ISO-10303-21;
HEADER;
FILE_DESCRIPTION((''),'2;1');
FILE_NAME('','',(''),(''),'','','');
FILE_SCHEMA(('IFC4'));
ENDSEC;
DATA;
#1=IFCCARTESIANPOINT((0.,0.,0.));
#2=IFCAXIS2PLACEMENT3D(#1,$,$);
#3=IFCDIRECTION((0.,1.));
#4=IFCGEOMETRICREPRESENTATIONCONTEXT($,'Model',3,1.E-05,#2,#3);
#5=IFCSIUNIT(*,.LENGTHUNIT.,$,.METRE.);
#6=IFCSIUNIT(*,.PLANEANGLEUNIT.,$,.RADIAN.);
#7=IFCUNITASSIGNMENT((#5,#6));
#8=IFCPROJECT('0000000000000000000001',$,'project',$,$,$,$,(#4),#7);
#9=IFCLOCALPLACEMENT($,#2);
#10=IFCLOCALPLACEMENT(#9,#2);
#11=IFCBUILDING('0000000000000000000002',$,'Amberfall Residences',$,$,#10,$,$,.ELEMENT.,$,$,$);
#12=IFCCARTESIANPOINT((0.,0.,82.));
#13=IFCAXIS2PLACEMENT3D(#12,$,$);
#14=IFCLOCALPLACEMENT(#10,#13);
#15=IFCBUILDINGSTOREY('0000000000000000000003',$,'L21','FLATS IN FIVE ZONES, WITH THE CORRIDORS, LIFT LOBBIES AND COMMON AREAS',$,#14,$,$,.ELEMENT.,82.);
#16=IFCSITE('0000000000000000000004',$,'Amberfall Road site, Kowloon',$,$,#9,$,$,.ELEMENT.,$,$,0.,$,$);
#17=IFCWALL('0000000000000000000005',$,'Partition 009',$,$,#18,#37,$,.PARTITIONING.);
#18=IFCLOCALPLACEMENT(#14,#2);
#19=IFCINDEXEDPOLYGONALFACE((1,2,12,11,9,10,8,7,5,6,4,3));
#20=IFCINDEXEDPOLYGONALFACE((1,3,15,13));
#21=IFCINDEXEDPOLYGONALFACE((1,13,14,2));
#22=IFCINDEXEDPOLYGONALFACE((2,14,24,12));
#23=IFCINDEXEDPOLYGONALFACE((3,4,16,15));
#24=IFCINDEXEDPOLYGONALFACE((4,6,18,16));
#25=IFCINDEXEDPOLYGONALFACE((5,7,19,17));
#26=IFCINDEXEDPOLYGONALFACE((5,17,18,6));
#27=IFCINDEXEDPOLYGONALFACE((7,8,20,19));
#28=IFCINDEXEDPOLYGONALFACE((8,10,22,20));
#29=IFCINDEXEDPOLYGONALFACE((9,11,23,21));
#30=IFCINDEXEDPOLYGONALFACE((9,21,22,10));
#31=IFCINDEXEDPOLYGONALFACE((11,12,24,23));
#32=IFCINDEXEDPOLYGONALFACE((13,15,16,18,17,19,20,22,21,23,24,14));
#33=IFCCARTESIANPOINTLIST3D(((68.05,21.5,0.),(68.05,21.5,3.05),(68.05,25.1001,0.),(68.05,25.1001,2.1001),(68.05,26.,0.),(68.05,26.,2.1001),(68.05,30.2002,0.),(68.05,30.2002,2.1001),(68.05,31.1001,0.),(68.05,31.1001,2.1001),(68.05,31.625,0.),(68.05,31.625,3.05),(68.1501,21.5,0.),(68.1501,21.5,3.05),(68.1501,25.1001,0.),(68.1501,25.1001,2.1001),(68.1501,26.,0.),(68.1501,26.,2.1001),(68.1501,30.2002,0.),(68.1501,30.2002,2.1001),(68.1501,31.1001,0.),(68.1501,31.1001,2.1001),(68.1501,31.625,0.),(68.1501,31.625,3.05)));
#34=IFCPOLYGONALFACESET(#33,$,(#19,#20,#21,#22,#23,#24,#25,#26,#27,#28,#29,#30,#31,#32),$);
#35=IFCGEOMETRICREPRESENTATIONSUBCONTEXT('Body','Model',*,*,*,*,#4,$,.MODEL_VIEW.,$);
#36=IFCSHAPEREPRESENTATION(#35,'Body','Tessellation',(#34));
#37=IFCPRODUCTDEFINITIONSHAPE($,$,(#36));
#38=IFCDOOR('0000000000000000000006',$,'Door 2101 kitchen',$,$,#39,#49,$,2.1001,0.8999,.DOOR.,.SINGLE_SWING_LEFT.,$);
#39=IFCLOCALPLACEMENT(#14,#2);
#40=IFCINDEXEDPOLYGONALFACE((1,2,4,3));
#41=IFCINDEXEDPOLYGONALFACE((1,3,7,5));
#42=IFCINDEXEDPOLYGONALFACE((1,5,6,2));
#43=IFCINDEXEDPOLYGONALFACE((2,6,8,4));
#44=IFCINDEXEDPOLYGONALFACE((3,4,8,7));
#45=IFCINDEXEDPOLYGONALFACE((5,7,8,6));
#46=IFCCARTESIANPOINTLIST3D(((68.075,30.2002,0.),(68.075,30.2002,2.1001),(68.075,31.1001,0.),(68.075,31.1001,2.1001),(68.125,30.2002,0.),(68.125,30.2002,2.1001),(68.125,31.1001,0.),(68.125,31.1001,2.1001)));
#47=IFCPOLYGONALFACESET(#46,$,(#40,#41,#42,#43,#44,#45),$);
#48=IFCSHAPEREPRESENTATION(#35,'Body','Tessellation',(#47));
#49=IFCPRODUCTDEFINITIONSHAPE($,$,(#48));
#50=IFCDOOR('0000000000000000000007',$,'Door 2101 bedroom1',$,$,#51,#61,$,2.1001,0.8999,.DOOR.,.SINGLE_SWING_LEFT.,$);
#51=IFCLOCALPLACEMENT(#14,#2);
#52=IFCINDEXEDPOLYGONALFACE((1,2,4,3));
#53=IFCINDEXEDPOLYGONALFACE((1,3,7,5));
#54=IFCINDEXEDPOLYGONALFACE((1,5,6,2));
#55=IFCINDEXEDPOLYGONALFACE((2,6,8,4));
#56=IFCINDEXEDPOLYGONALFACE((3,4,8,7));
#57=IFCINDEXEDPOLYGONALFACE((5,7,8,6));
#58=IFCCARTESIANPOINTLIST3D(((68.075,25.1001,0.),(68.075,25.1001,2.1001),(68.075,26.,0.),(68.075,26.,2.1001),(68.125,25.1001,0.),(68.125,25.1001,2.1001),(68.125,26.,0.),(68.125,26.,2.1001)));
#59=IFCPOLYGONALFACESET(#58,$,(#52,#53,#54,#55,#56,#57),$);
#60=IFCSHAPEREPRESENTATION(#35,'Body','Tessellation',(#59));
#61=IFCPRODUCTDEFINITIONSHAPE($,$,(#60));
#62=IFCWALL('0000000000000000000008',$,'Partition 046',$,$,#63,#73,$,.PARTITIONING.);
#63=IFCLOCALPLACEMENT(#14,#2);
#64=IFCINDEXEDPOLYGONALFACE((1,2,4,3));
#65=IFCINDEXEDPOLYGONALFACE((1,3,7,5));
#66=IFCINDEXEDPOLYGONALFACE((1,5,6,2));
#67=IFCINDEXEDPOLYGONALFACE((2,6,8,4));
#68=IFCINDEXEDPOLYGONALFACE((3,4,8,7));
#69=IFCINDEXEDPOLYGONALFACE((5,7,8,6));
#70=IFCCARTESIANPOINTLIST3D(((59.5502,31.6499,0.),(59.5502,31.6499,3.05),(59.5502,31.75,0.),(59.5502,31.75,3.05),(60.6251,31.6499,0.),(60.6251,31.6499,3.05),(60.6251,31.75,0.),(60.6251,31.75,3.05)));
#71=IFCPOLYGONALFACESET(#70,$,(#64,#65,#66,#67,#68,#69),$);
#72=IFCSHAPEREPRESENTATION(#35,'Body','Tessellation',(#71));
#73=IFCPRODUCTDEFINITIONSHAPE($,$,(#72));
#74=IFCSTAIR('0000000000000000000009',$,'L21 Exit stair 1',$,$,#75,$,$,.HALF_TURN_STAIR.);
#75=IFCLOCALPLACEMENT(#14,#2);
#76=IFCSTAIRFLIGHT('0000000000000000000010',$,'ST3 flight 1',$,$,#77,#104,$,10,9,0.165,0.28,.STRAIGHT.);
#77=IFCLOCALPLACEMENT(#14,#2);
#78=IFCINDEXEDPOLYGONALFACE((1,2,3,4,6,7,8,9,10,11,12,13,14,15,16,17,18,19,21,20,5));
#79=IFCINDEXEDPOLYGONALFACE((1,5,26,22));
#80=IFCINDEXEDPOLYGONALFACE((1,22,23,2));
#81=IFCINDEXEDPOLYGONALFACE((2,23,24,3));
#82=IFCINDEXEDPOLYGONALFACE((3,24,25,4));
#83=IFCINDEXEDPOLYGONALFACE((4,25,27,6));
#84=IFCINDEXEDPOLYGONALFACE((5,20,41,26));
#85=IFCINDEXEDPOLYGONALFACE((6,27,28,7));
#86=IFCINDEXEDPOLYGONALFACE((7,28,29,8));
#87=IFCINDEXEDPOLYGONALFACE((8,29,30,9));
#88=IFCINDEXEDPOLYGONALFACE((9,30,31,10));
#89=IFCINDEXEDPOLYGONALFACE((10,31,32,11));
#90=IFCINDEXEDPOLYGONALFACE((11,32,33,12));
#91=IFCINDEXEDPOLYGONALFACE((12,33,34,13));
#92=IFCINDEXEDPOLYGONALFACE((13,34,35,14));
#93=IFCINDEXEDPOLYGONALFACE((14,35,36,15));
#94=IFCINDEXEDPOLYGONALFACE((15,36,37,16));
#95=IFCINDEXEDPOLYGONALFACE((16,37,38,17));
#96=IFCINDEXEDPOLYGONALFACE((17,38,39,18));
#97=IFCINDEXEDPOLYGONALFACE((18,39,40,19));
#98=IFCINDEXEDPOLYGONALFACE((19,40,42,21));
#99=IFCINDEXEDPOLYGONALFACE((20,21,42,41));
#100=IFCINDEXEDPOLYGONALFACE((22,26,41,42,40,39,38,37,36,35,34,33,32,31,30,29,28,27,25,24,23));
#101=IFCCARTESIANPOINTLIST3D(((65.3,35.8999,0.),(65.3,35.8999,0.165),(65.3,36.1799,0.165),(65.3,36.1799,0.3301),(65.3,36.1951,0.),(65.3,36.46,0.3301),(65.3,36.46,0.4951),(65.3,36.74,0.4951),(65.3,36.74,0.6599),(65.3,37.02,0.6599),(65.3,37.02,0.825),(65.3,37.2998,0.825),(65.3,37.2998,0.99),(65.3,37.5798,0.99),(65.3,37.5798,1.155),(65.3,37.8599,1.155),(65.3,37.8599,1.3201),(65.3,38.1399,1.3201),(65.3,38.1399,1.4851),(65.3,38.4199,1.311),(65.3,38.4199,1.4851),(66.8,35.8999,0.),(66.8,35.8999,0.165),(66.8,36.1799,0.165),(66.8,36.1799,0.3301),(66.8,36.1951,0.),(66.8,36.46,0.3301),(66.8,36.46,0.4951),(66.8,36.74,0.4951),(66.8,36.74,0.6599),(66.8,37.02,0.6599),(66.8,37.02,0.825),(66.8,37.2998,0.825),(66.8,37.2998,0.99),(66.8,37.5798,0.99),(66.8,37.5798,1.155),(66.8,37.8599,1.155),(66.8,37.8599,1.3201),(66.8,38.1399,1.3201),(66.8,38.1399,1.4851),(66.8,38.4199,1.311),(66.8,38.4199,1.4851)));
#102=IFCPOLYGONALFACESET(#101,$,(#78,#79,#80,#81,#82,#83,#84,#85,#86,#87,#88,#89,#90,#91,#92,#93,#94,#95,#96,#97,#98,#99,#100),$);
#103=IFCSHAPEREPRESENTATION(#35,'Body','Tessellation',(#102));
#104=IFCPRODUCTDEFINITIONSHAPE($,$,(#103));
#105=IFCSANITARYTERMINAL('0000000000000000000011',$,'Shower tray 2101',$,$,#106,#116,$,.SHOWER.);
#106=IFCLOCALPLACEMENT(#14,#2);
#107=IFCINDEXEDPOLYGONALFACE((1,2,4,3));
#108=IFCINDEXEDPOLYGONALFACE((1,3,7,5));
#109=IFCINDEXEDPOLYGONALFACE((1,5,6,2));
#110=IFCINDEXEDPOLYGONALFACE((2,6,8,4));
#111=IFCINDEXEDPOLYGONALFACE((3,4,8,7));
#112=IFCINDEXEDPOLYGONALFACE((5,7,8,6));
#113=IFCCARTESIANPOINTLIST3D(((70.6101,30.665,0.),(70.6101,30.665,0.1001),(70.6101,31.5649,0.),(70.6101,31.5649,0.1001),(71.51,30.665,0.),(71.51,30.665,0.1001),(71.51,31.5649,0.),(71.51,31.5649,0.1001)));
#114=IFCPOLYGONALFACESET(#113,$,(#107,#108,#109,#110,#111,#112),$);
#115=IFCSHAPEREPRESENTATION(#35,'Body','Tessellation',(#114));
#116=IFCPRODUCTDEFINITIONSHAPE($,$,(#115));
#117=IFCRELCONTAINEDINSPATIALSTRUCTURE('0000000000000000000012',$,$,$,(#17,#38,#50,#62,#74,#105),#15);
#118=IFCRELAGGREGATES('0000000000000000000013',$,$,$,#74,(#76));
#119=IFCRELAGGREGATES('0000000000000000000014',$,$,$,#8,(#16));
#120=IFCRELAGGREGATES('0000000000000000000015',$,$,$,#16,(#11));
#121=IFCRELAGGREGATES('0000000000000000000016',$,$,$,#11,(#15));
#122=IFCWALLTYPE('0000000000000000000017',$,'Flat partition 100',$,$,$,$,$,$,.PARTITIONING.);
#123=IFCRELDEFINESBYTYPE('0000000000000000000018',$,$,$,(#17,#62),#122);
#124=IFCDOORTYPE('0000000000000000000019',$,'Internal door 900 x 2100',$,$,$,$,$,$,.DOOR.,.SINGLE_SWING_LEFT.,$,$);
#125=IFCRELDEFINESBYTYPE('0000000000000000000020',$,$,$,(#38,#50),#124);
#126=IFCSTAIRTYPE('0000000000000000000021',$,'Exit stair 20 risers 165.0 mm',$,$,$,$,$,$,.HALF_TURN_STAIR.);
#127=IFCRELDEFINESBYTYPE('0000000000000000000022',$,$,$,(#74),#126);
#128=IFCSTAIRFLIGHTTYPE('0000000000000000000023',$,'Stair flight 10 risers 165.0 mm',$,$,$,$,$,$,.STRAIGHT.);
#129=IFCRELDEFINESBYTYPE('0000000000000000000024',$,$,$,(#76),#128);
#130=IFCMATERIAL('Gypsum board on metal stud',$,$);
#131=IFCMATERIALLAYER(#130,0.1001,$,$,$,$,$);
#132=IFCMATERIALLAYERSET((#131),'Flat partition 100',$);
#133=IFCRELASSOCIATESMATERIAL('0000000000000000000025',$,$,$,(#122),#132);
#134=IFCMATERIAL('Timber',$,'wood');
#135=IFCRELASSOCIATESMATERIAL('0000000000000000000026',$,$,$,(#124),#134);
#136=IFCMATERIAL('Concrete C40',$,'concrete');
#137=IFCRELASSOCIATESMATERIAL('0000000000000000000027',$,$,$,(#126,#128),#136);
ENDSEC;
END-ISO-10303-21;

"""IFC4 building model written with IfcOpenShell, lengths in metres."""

from ifc_helpers import new_model, si_unit, direction, frame, frame_2d, origin, origin_2d, place, context, subcontext, project, spatial, polyline, rectangle, outline, extrude, material, layer, layer_set, type_object, element, fill, aggregate, save


model = new_model("IFC4")

# Units and contexts
model_context = context("Model", 3, precision=1e-05, world=origin(), true_north=direction((0.0, 1.0)))
body_context = subcontext(model_context, "Body", "Model", "MODEL_VIEW")
ifc_project = project(units=[si_unit("LENGTHUNIT", "METRE"), si_unit("PLANEANGLEUNIT", "RADIAN")], contexts=[model_context])

# Site, building, storey
site_placement = place(None, origin())
site = spatial("IfcSite", under=ifc_project, at=site_placement, Name="Amberfall Road site, Kowloon", CompositionType="ELEMENT", RefElevation=0.0)
building_placement = place(site_placement, origin())
building = spatial("IfcBuilding", under=site, at=building_placement, Name="Amberfall Residences", CompositionType="ELEMENT")
storey_placement = place(building_placement, frame((0.0, 0.0, 82.0)))
storey = spatial("IfcBuildingStorey", under=building, at=storey_placement, Name="L21", Description="FLATS IN FIVE ZONES, WITH THE CORRIDORS, LIFT LOBBIES AND COMMON AREAS", CompositionType="ELEMENT", Elevation=82.0)

# Wall, openings, doors
ifc_material_1 = material(Name="Gypsum board on metal stud")
ifc_layer_1 = layer(ifc_material_1, 0.1001)
ifc_layer_set_1 = layer_set([ifc_layer_1], Name="Flat partition 100")
wall_type_1 = type_object("IfcWallType", Name="Flat partition 100", PredefinedType="PARTITIONING", material=ifc_layer_set_1)
ifc_material_2 = material(Name="Timber", Category="wood")
door_type_1 = type_object("IfcDoorType", Name="Internal door 900 x 2100", OperationType="SINGLE_SWING_LEFT", PredefinedType="DOOR", material=ifc_material_2)
wall_1_placement = place(storey_placement, frame((68.1001, 31.625, 0.0), z_axis=(0.0, 0.0, 1.0), x_axis=(0.0, -1.0, 0.0)))
wall_1 = element("IfcWall", 1, at=wall_1_placement, inside=storey, type_object=wall_type_1, Name="Partition 009", PredefinedType="PARTITIONING", context=body_context, shape_type="SweptSolid", body=[
    extrude(rectangle(XDim=10.125, YDim=0.1001, at=frame_2d((5.0625, 0.0))), origin(), (0.0, 0.0, 1.0), 3.05),
])
opening_1_placement = place(wall_1_placement, frame((0.5249, 0.0, 0.0)))
opening_1 = element("IfcOpeningElement", 2, at=opening_1_placement, cuts=wall_1, PredefinedType="OPENING", context=body_context, shape_type="SweptSolid", body=[
    extrude(rectangle(XDim=0.8999, YDim=2.1001, at=frame_2d((0.45, 1.05))), frame((0.0, 0.0601, 0.0), z_axis=(0.0, -1.0, 0.0), x_axis=(1.0, 0.0, 0.0)), (0.0, 0.0, 1.0), 0.1201),
])
opening_2_placement = place(wall_1_placement, frame((5.625, 0.0, 0.0)))
opening_2 = element("IfcOpeningElement", 3, at=opening_2_placement, cuts=wall_1, PredefinedType="OPENING", context=body_context, shape_type="SweptSolid", body=[
    extrude(rectangle(XDim=0.8999, YDim=2.1001, at=frame_2d((0.45, 1.05))), frame((0.0, 0.0601, 0.0), z_axis=(0.0, -1.0, 0.0), x_axis=(1.0, 0.0, 0.0)), (0.0, 0.0, 1.0), 0.1201),
])
door_1_placement = place(opening_1_placement, origin())
door_1 = element("IfcDoor", 4, at=door_1_placement, inside=storey, type_object=door_type_1, Name="Door 2101 kitchen", OperationType="SINGLE_SWING_LEFT", OverallHeight=2.1001, OverallWidth=0.8999, PredefinedType="DOOR", context=body_context, shape_type="SweptSolid", body=[
    extrude(rectangle(XDim=0.8999, YDim=2.1001, at=frame_2d((0.45, 1.05))), frame((0.0, 0.0249, 0.0), z_axis=(0.0, -1.0, 0.0), x_axis=(1.0, 0.0, 0.0)), (0.0, 0.0, 1.0), 0.05),
])
fill(opening_1, door_1)
door_2_placement = place(opening_2_placement, origin())
door_2 = element("IfcDoor", 5, at=door_2_placement, inside=storey, type_object=door_type_1, Name="Door 2101 bedroom1", OperationType="SINGLE_SWING_LEFT", OverallHeight=2.1001, OverallWidth=0.8999, PredefinedType="DOOR", context=body_context, shape_type="SweptSolid", body=[
    extrude(rectangle(XDim=0.8999, YDim=2.1001, at=frame_2d((0.45, 1.05))), frame((0.0, 0.0249, 0.0), z_axis=(0.0, -1.0, 0.0), x_axis=(1.0, 0.0, 0.0)), (0.0, 0.0, 1.0), 0.05),
])
fill(opening_2, door_2)

# Wall
wall_2_placement = place(storey_placement, frame((59.55, 31.7, 0.0), z_axis=(0.0, 0.0, 1.0), x_axis=(1.0, 0.0, 0.0)))
element("IfcWall", 6, at=wall_2_placement, inside=storey, type_object=wall_type_1, Name="Partition 046", PredefinedType="PARTITIONING", context=body_context, shape_type="SweptSolid", body=[
    extrude(rectangle(XDim=1.075, YDim=0.1001, at=frame_2d((0.5376, 0.0))), origin(), (0.0, 0.0, 1.0), 3.05),
])

# Stair, stair flight
ifc_material_3 = material(Name="Concrete C40", Category="concrete")
stair_type = type_object("IfcStairType", Name="Exit stair 20 risers 165.0 mm", PredefinedType="HALF_TURN_STAIR", material=ifc_material_3)
stair_placement = place(storey_placement, origin())
stair = element("IfcStair", 7, at=stair_placement, inside=storey, type_object=stair_type, Name="L21 Exit stair 1", PredefinedType="HALF_TURN_STAIR")
stair_flight_type = type_object("IfcStairFlightType", Name="Stair flight 10 risers 165.0 mm", PredefinedType="STRAIGHT", material=ifc_material_3)
stair_flight_placement = place(storey_placement, frame((66.05, 35.8999, 0.0), z_axis=(0.0, 0.0, 1.0), x_axis=(0.0, 1.0, 0.0)))
stair_flight = element("IfcStairFlight", 8, at=stair_flight_placement, type_object=stair_flight_type, Name="ST3 flight 1", NumberOfRisers=10, NumberOfTreads=9, PredefinedType="STRAIGHT", RiserHeight=0.165, TreadLength=0.28, context=body_context, shape_type="SweptSolid", body=[
    extrude(outline(polyline([(0.0, 0.0), (0.0, 0.165), (0.28, 0.165), (0.28, 0.3301), (0.5601, 0.3301), (0.5601, 0.4951), (0.8401, 0.4951), (0.8401, 0.6599), (1.1201, 0.6599), (1.1201, 0.825), (1.3999, 0.825), (1.3999, 0.99), (1.6799, 0.99), (1.6799, 1.155), (1.96, 1.155), (1.96, 1.3201), (2.24, 1.3201), (2.24, 1.4851), (2.52, 1.4851), (2.52, 1.6499), (2.52, 1.311), (0.2952, 0.0), (0.0, 0.0)])), frame((0.0, 0.75, 0.0), z_axis=(0.0, -1.0, 0.0), x_axis=(1.0, 0.0, 0.0)), (0.0, 0.0, 1.0), 1.5),
])
aggregate(stair, [stair_flight])

# Sanitary terminal
sanitary_terminal_placement = place(storey_placement, frame((71.0601, 31.115, 0.0), z_axis=(0.0, 0.0, 1.0), x_axis=(1.0, 0.0, 0.0)))
element("IfcSanitaryTerminal", 9, at=sanitary_terminal_placement, inside=storey, Name="Shower tray 2101", PredefinedType="SHOWER", context=body_context, shape_type="SweptSolid", body=[
    extrude(rectangle(XDim=0.8999, YDim=0.8999, at=origin_2d()), origin(), (0.0, 0.0, 1.0), 0.1001),
])

save(model, "model.ifc")
